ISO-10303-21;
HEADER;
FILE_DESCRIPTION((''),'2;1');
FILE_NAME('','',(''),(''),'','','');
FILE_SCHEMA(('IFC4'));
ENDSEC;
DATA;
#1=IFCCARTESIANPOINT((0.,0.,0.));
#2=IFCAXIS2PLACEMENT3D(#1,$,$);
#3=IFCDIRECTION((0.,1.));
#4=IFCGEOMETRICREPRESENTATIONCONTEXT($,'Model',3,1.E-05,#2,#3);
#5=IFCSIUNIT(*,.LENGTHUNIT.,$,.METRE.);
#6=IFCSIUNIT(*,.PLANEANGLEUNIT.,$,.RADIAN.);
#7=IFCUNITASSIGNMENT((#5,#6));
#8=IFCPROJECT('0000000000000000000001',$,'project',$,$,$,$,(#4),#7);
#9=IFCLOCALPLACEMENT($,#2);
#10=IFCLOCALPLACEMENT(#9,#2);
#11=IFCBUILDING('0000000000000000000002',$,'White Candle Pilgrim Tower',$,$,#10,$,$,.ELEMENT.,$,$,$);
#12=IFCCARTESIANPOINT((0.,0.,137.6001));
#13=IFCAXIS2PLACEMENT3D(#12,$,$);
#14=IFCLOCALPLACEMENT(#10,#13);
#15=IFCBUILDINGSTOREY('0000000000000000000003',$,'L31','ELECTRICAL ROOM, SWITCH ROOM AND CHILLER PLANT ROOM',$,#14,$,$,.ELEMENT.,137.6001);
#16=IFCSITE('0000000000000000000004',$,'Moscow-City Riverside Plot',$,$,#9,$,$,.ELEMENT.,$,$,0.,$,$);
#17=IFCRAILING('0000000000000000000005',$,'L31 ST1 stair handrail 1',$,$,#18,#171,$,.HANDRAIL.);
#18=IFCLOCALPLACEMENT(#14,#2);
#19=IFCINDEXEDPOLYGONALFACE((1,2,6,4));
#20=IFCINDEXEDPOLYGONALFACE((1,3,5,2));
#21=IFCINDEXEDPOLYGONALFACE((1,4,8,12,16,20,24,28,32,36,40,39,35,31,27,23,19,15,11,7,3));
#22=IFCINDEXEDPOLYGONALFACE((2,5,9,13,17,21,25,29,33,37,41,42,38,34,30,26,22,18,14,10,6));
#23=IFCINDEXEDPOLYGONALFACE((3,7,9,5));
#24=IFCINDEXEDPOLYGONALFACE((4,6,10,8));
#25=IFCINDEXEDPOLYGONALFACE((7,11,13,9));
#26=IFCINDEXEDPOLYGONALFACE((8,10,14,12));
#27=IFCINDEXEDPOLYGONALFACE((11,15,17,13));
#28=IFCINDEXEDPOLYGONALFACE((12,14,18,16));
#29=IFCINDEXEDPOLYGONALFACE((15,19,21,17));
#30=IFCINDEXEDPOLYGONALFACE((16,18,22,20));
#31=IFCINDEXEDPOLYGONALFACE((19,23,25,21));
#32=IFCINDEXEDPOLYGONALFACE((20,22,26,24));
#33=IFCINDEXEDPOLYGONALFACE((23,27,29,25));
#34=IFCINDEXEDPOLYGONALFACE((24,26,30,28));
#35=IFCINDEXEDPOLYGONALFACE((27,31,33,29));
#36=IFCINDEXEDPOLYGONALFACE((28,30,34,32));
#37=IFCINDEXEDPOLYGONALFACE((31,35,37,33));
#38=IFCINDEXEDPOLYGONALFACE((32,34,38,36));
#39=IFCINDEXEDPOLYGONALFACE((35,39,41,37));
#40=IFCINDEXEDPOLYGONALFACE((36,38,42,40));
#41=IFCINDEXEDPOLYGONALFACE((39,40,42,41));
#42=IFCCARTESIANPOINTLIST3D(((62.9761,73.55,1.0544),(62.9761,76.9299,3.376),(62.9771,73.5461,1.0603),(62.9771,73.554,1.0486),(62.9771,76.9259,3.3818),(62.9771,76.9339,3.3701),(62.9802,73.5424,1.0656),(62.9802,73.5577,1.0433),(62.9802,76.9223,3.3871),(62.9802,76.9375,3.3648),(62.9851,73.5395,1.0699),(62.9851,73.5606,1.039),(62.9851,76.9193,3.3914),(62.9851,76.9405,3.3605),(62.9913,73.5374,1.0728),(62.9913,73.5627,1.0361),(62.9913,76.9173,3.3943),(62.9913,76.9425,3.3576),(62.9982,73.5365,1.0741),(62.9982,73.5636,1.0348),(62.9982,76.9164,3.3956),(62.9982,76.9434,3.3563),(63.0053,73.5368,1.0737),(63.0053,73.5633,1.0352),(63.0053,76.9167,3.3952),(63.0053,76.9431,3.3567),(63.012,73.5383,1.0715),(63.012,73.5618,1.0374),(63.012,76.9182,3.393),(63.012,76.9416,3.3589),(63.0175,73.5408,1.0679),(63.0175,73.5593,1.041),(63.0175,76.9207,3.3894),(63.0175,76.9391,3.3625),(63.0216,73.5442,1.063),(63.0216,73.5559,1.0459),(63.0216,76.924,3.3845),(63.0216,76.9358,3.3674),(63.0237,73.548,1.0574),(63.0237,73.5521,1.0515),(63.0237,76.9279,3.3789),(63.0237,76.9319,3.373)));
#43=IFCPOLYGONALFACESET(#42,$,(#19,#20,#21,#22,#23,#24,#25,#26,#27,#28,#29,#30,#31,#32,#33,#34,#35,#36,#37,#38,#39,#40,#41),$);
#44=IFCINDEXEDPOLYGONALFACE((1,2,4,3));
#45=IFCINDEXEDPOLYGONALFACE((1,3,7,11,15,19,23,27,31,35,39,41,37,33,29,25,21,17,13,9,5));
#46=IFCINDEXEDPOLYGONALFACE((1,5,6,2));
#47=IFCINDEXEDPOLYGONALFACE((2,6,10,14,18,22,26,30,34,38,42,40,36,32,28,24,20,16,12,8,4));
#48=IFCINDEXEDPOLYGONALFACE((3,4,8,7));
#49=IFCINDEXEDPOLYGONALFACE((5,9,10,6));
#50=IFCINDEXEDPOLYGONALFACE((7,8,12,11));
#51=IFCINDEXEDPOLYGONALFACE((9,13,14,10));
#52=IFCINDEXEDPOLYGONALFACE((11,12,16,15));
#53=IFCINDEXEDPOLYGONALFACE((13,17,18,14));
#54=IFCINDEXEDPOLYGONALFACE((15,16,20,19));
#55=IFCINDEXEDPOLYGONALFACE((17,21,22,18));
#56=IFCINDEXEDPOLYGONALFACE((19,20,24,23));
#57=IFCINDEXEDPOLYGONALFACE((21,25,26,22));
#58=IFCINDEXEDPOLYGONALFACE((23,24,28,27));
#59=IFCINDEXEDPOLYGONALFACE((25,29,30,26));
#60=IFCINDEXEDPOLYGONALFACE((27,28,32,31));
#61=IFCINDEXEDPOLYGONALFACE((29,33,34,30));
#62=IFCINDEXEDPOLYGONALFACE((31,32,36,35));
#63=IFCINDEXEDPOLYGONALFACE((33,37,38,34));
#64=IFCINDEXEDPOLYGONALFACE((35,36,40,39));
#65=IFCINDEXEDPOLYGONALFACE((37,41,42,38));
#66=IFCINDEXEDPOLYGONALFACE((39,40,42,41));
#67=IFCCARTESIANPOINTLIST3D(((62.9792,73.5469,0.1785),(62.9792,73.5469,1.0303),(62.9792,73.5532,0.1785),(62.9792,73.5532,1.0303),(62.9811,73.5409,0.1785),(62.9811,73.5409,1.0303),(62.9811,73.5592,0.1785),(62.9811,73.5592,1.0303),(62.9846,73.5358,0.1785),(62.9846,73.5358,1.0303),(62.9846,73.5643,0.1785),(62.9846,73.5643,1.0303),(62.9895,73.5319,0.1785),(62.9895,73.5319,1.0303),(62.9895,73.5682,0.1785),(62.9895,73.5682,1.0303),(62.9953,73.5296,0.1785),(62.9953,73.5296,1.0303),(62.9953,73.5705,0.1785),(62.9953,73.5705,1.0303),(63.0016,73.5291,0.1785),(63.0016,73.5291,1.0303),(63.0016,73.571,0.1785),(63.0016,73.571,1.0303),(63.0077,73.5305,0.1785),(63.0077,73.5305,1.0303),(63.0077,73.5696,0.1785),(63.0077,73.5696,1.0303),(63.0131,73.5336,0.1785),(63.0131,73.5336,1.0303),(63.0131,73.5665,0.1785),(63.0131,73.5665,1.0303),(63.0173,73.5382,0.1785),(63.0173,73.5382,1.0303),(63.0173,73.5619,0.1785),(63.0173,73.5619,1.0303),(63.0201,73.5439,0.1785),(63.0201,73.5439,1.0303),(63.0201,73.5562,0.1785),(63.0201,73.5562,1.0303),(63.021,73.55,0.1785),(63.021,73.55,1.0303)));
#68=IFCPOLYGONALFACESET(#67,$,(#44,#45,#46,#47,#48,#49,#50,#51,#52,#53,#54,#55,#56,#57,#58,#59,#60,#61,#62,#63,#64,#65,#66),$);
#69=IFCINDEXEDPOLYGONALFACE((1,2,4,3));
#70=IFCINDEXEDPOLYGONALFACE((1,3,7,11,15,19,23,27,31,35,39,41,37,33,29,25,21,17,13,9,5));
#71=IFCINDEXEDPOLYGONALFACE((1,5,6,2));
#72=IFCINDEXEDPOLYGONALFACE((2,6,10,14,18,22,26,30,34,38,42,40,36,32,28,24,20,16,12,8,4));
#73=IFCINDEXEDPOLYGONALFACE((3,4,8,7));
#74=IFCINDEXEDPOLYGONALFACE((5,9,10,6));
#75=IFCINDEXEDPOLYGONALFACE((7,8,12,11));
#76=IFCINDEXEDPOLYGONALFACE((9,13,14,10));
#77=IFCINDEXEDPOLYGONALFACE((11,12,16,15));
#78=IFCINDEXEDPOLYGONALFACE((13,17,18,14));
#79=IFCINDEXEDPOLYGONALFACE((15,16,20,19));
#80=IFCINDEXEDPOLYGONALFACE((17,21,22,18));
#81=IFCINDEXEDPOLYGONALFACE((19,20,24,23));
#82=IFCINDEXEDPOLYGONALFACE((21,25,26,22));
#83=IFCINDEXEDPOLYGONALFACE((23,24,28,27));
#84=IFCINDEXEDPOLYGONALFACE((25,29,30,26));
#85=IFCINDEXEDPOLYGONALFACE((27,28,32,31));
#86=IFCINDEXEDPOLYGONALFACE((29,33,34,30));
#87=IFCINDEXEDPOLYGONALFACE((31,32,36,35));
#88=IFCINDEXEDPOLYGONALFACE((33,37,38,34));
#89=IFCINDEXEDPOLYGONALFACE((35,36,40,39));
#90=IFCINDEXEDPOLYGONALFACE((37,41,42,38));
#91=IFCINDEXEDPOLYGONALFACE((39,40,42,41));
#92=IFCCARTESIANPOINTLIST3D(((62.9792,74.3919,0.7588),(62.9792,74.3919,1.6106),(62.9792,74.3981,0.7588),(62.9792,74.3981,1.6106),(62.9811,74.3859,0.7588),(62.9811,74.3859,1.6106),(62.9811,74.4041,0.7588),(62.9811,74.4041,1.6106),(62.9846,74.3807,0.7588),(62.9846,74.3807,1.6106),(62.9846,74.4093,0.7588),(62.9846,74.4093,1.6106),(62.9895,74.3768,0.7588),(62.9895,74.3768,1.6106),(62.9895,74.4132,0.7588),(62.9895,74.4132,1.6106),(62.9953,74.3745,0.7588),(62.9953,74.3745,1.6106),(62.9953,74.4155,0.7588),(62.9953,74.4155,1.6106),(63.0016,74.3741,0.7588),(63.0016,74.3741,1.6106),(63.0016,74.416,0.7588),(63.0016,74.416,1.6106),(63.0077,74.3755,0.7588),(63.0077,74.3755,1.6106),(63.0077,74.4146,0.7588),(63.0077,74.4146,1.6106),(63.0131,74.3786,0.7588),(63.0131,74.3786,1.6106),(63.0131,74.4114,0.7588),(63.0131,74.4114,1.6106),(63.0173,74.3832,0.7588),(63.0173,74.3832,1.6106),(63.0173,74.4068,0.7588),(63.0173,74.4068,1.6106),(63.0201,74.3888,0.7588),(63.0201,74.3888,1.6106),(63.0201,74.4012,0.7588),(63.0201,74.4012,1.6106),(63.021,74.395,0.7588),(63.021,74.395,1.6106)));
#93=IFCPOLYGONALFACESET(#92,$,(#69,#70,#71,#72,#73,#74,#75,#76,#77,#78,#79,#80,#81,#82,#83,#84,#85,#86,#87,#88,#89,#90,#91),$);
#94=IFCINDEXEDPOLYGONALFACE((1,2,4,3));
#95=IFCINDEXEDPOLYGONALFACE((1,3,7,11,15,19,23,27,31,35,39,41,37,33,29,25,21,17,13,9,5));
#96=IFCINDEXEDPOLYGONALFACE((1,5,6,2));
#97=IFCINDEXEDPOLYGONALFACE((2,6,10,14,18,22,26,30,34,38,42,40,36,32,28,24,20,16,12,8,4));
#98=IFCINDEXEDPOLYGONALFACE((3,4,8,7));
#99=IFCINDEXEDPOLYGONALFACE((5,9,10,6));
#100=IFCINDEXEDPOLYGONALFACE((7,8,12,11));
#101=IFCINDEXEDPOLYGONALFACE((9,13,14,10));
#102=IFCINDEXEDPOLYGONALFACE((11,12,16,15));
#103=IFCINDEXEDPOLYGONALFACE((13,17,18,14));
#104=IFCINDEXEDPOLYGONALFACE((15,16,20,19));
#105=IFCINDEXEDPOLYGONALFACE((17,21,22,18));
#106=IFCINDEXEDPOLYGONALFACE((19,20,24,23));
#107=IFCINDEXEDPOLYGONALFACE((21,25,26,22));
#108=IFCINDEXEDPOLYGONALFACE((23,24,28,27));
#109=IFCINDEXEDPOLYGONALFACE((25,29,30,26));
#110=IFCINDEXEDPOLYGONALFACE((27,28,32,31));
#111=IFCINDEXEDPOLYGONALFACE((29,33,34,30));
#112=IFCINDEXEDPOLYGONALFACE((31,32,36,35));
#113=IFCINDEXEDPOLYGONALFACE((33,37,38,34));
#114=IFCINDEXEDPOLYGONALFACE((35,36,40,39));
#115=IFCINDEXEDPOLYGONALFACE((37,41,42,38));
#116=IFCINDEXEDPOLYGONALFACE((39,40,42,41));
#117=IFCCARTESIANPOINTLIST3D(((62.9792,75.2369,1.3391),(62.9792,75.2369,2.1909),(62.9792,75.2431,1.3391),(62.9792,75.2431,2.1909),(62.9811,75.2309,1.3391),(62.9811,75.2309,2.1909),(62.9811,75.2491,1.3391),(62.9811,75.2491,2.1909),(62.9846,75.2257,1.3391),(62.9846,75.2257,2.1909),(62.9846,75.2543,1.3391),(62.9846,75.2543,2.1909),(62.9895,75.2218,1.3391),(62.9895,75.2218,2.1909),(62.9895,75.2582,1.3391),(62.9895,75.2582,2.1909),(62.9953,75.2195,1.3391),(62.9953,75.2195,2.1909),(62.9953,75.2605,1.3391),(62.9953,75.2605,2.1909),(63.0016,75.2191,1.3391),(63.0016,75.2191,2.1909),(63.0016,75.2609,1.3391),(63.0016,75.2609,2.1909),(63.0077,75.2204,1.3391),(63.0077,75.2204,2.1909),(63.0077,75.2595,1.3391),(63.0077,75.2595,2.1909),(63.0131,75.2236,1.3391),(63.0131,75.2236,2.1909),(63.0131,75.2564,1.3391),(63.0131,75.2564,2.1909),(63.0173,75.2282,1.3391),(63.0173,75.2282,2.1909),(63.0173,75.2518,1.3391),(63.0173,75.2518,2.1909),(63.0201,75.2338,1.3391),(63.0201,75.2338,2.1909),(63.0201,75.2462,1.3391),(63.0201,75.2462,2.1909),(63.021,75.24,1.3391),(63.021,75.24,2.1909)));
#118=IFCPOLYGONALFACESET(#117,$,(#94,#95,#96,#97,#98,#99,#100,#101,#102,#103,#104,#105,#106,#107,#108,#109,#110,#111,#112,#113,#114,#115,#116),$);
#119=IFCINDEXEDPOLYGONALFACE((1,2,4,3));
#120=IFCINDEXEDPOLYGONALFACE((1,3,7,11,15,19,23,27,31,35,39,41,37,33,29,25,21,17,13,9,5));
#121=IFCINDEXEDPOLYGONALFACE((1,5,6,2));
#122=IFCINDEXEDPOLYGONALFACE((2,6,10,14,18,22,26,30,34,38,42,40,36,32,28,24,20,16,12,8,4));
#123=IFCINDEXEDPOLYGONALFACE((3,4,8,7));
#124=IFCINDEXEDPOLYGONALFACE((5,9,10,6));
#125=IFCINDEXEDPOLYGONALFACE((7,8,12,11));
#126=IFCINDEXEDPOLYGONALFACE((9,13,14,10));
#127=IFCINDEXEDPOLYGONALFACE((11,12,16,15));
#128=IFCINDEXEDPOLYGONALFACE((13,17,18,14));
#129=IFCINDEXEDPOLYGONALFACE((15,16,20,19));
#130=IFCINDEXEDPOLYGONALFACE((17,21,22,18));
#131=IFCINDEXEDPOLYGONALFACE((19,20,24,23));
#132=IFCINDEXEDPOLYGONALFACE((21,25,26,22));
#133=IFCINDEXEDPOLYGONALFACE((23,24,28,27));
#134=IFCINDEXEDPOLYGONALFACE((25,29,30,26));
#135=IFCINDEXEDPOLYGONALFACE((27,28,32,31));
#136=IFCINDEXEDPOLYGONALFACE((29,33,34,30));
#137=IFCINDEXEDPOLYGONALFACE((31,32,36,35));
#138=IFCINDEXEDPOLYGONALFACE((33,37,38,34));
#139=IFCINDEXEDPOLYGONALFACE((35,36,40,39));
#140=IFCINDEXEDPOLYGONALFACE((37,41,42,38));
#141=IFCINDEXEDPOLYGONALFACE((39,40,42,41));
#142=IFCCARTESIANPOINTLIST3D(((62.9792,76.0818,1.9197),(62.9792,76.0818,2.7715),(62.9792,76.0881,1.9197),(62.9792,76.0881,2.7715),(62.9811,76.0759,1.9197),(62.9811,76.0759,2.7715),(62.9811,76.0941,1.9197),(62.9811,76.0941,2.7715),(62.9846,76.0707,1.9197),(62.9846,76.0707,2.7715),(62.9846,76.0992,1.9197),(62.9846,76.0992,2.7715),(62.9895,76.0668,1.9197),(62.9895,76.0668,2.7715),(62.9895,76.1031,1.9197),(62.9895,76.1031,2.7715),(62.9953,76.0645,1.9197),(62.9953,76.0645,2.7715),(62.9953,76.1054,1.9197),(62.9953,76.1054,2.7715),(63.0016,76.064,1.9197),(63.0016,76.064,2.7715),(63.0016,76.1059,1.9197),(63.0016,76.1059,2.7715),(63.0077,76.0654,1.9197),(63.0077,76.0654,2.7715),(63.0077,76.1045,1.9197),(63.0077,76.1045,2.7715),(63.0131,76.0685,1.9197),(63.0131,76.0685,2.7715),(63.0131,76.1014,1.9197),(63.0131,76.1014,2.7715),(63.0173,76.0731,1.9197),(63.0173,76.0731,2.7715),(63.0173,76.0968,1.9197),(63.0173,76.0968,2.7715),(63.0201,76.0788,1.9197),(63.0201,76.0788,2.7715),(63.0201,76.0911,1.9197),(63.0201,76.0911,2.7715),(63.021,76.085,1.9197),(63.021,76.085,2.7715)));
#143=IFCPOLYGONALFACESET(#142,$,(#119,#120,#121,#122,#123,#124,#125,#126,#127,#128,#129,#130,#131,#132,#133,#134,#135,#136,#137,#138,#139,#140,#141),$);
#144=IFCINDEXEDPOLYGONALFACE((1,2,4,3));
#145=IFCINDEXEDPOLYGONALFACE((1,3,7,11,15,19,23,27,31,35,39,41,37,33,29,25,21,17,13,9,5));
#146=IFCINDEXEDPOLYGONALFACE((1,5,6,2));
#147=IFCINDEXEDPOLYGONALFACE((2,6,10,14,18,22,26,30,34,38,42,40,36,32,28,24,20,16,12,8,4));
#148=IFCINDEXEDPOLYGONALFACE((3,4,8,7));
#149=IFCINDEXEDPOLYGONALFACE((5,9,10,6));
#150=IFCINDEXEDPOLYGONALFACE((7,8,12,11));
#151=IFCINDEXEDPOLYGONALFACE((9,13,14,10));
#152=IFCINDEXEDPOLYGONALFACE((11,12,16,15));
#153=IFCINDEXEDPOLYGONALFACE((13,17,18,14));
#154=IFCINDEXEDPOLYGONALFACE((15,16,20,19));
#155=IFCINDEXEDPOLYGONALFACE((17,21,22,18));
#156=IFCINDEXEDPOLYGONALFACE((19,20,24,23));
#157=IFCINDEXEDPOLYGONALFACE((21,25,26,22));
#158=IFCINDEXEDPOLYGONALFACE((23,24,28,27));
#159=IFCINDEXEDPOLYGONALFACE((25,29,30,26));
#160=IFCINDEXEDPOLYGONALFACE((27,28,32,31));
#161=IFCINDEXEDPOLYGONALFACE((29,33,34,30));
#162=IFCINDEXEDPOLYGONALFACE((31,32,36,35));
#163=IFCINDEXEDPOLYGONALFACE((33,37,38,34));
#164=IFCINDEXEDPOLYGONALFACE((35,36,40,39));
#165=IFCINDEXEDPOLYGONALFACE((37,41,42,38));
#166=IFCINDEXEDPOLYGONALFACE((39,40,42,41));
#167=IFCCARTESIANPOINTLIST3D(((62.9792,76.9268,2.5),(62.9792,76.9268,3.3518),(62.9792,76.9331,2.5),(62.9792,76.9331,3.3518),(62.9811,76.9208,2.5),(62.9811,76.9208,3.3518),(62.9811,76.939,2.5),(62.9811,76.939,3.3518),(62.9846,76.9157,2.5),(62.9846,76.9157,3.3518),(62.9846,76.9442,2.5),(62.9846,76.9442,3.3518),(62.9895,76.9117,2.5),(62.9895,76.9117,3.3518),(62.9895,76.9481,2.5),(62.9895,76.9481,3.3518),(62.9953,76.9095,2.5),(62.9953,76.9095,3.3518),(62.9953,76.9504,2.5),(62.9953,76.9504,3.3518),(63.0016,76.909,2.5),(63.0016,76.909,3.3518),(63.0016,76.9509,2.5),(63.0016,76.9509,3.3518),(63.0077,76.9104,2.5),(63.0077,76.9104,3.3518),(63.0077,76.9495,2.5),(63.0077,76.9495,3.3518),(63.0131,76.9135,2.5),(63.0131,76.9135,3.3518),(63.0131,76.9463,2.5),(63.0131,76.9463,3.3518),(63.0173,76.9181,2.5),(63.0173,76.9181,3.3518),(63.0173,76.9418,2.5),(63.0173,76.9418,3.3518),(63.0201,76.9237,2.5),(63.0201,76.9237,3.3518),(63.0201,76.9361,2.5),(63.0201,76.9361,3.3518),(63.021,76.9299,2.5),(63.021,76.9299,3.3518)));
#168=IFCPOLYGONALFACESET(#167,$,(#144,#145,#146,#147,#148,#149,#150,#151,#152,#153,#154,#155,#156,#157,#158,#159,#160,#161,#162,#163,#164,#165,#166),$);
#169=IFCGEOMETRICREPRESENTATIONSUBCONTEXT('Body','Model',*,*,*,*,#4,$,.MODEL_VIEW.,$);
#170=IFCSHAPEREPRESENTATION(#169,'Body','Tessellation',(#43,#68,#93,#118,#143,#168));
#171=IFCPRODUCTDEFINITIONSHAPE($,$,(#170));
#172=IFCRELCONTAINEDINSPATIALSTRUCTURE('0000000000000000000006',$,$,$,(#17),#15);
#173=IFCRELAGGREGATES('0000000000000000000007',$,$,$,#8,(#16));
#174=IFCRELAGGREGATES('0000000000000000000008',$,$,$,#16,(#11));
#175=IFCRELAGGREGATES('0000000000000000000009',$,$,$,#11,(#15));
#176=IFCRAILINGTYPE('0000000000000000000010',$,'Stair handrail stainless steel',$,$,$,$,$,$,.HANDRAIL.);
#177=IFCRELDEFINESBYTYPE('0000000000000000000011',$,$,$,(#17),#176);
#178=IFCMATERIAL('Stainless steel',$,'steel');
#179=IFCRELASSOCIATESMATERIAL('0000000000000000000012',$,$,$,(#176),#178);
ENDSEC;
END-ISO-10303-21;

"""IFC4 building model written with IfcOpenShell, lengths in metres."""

from ifc_helpers import new_model, si_unit, direction, frame, origin, origin_2d, place, context, subcontext, project, spatial, circle, extrude, material, type_object, element, save


model = new_model("IFC4")

# Units and contexts
model_context = context("Model", 3, precision=1e-05, world=origin(), true_north=direction((0.0, 1.0)))
body_context = subcontext(model_context, "Body", "Model", "MODEL_VIEW")
ifc_project = project(units=[si_unit("LENGTHUNIT", "METRE"), si_unit("PLANEANGLEUNIT", "RADIAN")], contexts=[model_context])

# Site, building, storey
site_placement = place(None, origin())
site = spatial("IfcSite", under=ifc_project, at=site_placement, Name="Moscow-City Riverside Plot", CompositionType="ELEMENT", RefElevation=0.0)
building_placement = place(site_placement, origin())
building = spatial("IfcBuilding", under=site, at=building_placement, Name="White Candle Pilgrim Tower", CompositionType="ELEMENT")
storey_placement = place(building_placement, frame((0.0, 0.0, 137.6001)))
storey = spatial("IfcBuildingStorey", under=building, at=storey_placement, Name="L31", Description="ELECTRICAL ROOM, SWITCH ROOM AND CHILLER PLANT ROOM", CompositionType="ELEMENT", Elevation=137.6001)

# Railing
ifc_material_1 = material(Name="Stainless steel", Category="steel")
railing_type_1 = type_object("IfcRailingType", Name="Stair handrail stainless steel", PredefinedType="HANDRAIL", material=ifc_material_1)
railing_1_placement = place(storey_placement, frame((63.0, 73.55, 0.1785)))
element("IfcRailing", 1, at=railing_1_placement, inside=storey, type_object=railing_type_1, Name="L31 ST1 stair handrail 1", PredefinedType="HANDRAIL", context=body_context, shape_type="SweptSolid", body=[
    extrude(circle(Radius=0.0239, at=origin_2d()), frame((0.0, 0.0, 0.876), z_axis=(0.0, 0.824285, 0.566175), x_axis=(-1.0, 0.0, 0.0)), (0.0, 0.0, 1.0), 4.1003),
    extrude(circle(Radius=0.021, at=origin_2d()), origin(), (0.0, 0.0, 1.0), 0.8518),
    extrude(circle(Radius=0.021, at=origin_2d()), frame((0.0, 0.845, 0.5803)), (0.0, 0.0, 1.0), 0.8518),
    extrude(circle(Radius=0.021, at=origin_2d()), frame((0.0, 1.6899, 1.1606)), (0.0, 0.0, 1.0), 0.8518),
    extrude(circle(Radius=0.021, at=origin_2d()), frame((0.0, 2.5349, 1.7412)), (0.0, 0.0, 1.0), 0.8518),
    extrude(circle(Radius=0.021, at=origin_2d()), frame((0.0, 3.3799, 2.3215)), (0.0, 0.0, 1.0), 0.8518),
])

save(model, "model.ifc")
